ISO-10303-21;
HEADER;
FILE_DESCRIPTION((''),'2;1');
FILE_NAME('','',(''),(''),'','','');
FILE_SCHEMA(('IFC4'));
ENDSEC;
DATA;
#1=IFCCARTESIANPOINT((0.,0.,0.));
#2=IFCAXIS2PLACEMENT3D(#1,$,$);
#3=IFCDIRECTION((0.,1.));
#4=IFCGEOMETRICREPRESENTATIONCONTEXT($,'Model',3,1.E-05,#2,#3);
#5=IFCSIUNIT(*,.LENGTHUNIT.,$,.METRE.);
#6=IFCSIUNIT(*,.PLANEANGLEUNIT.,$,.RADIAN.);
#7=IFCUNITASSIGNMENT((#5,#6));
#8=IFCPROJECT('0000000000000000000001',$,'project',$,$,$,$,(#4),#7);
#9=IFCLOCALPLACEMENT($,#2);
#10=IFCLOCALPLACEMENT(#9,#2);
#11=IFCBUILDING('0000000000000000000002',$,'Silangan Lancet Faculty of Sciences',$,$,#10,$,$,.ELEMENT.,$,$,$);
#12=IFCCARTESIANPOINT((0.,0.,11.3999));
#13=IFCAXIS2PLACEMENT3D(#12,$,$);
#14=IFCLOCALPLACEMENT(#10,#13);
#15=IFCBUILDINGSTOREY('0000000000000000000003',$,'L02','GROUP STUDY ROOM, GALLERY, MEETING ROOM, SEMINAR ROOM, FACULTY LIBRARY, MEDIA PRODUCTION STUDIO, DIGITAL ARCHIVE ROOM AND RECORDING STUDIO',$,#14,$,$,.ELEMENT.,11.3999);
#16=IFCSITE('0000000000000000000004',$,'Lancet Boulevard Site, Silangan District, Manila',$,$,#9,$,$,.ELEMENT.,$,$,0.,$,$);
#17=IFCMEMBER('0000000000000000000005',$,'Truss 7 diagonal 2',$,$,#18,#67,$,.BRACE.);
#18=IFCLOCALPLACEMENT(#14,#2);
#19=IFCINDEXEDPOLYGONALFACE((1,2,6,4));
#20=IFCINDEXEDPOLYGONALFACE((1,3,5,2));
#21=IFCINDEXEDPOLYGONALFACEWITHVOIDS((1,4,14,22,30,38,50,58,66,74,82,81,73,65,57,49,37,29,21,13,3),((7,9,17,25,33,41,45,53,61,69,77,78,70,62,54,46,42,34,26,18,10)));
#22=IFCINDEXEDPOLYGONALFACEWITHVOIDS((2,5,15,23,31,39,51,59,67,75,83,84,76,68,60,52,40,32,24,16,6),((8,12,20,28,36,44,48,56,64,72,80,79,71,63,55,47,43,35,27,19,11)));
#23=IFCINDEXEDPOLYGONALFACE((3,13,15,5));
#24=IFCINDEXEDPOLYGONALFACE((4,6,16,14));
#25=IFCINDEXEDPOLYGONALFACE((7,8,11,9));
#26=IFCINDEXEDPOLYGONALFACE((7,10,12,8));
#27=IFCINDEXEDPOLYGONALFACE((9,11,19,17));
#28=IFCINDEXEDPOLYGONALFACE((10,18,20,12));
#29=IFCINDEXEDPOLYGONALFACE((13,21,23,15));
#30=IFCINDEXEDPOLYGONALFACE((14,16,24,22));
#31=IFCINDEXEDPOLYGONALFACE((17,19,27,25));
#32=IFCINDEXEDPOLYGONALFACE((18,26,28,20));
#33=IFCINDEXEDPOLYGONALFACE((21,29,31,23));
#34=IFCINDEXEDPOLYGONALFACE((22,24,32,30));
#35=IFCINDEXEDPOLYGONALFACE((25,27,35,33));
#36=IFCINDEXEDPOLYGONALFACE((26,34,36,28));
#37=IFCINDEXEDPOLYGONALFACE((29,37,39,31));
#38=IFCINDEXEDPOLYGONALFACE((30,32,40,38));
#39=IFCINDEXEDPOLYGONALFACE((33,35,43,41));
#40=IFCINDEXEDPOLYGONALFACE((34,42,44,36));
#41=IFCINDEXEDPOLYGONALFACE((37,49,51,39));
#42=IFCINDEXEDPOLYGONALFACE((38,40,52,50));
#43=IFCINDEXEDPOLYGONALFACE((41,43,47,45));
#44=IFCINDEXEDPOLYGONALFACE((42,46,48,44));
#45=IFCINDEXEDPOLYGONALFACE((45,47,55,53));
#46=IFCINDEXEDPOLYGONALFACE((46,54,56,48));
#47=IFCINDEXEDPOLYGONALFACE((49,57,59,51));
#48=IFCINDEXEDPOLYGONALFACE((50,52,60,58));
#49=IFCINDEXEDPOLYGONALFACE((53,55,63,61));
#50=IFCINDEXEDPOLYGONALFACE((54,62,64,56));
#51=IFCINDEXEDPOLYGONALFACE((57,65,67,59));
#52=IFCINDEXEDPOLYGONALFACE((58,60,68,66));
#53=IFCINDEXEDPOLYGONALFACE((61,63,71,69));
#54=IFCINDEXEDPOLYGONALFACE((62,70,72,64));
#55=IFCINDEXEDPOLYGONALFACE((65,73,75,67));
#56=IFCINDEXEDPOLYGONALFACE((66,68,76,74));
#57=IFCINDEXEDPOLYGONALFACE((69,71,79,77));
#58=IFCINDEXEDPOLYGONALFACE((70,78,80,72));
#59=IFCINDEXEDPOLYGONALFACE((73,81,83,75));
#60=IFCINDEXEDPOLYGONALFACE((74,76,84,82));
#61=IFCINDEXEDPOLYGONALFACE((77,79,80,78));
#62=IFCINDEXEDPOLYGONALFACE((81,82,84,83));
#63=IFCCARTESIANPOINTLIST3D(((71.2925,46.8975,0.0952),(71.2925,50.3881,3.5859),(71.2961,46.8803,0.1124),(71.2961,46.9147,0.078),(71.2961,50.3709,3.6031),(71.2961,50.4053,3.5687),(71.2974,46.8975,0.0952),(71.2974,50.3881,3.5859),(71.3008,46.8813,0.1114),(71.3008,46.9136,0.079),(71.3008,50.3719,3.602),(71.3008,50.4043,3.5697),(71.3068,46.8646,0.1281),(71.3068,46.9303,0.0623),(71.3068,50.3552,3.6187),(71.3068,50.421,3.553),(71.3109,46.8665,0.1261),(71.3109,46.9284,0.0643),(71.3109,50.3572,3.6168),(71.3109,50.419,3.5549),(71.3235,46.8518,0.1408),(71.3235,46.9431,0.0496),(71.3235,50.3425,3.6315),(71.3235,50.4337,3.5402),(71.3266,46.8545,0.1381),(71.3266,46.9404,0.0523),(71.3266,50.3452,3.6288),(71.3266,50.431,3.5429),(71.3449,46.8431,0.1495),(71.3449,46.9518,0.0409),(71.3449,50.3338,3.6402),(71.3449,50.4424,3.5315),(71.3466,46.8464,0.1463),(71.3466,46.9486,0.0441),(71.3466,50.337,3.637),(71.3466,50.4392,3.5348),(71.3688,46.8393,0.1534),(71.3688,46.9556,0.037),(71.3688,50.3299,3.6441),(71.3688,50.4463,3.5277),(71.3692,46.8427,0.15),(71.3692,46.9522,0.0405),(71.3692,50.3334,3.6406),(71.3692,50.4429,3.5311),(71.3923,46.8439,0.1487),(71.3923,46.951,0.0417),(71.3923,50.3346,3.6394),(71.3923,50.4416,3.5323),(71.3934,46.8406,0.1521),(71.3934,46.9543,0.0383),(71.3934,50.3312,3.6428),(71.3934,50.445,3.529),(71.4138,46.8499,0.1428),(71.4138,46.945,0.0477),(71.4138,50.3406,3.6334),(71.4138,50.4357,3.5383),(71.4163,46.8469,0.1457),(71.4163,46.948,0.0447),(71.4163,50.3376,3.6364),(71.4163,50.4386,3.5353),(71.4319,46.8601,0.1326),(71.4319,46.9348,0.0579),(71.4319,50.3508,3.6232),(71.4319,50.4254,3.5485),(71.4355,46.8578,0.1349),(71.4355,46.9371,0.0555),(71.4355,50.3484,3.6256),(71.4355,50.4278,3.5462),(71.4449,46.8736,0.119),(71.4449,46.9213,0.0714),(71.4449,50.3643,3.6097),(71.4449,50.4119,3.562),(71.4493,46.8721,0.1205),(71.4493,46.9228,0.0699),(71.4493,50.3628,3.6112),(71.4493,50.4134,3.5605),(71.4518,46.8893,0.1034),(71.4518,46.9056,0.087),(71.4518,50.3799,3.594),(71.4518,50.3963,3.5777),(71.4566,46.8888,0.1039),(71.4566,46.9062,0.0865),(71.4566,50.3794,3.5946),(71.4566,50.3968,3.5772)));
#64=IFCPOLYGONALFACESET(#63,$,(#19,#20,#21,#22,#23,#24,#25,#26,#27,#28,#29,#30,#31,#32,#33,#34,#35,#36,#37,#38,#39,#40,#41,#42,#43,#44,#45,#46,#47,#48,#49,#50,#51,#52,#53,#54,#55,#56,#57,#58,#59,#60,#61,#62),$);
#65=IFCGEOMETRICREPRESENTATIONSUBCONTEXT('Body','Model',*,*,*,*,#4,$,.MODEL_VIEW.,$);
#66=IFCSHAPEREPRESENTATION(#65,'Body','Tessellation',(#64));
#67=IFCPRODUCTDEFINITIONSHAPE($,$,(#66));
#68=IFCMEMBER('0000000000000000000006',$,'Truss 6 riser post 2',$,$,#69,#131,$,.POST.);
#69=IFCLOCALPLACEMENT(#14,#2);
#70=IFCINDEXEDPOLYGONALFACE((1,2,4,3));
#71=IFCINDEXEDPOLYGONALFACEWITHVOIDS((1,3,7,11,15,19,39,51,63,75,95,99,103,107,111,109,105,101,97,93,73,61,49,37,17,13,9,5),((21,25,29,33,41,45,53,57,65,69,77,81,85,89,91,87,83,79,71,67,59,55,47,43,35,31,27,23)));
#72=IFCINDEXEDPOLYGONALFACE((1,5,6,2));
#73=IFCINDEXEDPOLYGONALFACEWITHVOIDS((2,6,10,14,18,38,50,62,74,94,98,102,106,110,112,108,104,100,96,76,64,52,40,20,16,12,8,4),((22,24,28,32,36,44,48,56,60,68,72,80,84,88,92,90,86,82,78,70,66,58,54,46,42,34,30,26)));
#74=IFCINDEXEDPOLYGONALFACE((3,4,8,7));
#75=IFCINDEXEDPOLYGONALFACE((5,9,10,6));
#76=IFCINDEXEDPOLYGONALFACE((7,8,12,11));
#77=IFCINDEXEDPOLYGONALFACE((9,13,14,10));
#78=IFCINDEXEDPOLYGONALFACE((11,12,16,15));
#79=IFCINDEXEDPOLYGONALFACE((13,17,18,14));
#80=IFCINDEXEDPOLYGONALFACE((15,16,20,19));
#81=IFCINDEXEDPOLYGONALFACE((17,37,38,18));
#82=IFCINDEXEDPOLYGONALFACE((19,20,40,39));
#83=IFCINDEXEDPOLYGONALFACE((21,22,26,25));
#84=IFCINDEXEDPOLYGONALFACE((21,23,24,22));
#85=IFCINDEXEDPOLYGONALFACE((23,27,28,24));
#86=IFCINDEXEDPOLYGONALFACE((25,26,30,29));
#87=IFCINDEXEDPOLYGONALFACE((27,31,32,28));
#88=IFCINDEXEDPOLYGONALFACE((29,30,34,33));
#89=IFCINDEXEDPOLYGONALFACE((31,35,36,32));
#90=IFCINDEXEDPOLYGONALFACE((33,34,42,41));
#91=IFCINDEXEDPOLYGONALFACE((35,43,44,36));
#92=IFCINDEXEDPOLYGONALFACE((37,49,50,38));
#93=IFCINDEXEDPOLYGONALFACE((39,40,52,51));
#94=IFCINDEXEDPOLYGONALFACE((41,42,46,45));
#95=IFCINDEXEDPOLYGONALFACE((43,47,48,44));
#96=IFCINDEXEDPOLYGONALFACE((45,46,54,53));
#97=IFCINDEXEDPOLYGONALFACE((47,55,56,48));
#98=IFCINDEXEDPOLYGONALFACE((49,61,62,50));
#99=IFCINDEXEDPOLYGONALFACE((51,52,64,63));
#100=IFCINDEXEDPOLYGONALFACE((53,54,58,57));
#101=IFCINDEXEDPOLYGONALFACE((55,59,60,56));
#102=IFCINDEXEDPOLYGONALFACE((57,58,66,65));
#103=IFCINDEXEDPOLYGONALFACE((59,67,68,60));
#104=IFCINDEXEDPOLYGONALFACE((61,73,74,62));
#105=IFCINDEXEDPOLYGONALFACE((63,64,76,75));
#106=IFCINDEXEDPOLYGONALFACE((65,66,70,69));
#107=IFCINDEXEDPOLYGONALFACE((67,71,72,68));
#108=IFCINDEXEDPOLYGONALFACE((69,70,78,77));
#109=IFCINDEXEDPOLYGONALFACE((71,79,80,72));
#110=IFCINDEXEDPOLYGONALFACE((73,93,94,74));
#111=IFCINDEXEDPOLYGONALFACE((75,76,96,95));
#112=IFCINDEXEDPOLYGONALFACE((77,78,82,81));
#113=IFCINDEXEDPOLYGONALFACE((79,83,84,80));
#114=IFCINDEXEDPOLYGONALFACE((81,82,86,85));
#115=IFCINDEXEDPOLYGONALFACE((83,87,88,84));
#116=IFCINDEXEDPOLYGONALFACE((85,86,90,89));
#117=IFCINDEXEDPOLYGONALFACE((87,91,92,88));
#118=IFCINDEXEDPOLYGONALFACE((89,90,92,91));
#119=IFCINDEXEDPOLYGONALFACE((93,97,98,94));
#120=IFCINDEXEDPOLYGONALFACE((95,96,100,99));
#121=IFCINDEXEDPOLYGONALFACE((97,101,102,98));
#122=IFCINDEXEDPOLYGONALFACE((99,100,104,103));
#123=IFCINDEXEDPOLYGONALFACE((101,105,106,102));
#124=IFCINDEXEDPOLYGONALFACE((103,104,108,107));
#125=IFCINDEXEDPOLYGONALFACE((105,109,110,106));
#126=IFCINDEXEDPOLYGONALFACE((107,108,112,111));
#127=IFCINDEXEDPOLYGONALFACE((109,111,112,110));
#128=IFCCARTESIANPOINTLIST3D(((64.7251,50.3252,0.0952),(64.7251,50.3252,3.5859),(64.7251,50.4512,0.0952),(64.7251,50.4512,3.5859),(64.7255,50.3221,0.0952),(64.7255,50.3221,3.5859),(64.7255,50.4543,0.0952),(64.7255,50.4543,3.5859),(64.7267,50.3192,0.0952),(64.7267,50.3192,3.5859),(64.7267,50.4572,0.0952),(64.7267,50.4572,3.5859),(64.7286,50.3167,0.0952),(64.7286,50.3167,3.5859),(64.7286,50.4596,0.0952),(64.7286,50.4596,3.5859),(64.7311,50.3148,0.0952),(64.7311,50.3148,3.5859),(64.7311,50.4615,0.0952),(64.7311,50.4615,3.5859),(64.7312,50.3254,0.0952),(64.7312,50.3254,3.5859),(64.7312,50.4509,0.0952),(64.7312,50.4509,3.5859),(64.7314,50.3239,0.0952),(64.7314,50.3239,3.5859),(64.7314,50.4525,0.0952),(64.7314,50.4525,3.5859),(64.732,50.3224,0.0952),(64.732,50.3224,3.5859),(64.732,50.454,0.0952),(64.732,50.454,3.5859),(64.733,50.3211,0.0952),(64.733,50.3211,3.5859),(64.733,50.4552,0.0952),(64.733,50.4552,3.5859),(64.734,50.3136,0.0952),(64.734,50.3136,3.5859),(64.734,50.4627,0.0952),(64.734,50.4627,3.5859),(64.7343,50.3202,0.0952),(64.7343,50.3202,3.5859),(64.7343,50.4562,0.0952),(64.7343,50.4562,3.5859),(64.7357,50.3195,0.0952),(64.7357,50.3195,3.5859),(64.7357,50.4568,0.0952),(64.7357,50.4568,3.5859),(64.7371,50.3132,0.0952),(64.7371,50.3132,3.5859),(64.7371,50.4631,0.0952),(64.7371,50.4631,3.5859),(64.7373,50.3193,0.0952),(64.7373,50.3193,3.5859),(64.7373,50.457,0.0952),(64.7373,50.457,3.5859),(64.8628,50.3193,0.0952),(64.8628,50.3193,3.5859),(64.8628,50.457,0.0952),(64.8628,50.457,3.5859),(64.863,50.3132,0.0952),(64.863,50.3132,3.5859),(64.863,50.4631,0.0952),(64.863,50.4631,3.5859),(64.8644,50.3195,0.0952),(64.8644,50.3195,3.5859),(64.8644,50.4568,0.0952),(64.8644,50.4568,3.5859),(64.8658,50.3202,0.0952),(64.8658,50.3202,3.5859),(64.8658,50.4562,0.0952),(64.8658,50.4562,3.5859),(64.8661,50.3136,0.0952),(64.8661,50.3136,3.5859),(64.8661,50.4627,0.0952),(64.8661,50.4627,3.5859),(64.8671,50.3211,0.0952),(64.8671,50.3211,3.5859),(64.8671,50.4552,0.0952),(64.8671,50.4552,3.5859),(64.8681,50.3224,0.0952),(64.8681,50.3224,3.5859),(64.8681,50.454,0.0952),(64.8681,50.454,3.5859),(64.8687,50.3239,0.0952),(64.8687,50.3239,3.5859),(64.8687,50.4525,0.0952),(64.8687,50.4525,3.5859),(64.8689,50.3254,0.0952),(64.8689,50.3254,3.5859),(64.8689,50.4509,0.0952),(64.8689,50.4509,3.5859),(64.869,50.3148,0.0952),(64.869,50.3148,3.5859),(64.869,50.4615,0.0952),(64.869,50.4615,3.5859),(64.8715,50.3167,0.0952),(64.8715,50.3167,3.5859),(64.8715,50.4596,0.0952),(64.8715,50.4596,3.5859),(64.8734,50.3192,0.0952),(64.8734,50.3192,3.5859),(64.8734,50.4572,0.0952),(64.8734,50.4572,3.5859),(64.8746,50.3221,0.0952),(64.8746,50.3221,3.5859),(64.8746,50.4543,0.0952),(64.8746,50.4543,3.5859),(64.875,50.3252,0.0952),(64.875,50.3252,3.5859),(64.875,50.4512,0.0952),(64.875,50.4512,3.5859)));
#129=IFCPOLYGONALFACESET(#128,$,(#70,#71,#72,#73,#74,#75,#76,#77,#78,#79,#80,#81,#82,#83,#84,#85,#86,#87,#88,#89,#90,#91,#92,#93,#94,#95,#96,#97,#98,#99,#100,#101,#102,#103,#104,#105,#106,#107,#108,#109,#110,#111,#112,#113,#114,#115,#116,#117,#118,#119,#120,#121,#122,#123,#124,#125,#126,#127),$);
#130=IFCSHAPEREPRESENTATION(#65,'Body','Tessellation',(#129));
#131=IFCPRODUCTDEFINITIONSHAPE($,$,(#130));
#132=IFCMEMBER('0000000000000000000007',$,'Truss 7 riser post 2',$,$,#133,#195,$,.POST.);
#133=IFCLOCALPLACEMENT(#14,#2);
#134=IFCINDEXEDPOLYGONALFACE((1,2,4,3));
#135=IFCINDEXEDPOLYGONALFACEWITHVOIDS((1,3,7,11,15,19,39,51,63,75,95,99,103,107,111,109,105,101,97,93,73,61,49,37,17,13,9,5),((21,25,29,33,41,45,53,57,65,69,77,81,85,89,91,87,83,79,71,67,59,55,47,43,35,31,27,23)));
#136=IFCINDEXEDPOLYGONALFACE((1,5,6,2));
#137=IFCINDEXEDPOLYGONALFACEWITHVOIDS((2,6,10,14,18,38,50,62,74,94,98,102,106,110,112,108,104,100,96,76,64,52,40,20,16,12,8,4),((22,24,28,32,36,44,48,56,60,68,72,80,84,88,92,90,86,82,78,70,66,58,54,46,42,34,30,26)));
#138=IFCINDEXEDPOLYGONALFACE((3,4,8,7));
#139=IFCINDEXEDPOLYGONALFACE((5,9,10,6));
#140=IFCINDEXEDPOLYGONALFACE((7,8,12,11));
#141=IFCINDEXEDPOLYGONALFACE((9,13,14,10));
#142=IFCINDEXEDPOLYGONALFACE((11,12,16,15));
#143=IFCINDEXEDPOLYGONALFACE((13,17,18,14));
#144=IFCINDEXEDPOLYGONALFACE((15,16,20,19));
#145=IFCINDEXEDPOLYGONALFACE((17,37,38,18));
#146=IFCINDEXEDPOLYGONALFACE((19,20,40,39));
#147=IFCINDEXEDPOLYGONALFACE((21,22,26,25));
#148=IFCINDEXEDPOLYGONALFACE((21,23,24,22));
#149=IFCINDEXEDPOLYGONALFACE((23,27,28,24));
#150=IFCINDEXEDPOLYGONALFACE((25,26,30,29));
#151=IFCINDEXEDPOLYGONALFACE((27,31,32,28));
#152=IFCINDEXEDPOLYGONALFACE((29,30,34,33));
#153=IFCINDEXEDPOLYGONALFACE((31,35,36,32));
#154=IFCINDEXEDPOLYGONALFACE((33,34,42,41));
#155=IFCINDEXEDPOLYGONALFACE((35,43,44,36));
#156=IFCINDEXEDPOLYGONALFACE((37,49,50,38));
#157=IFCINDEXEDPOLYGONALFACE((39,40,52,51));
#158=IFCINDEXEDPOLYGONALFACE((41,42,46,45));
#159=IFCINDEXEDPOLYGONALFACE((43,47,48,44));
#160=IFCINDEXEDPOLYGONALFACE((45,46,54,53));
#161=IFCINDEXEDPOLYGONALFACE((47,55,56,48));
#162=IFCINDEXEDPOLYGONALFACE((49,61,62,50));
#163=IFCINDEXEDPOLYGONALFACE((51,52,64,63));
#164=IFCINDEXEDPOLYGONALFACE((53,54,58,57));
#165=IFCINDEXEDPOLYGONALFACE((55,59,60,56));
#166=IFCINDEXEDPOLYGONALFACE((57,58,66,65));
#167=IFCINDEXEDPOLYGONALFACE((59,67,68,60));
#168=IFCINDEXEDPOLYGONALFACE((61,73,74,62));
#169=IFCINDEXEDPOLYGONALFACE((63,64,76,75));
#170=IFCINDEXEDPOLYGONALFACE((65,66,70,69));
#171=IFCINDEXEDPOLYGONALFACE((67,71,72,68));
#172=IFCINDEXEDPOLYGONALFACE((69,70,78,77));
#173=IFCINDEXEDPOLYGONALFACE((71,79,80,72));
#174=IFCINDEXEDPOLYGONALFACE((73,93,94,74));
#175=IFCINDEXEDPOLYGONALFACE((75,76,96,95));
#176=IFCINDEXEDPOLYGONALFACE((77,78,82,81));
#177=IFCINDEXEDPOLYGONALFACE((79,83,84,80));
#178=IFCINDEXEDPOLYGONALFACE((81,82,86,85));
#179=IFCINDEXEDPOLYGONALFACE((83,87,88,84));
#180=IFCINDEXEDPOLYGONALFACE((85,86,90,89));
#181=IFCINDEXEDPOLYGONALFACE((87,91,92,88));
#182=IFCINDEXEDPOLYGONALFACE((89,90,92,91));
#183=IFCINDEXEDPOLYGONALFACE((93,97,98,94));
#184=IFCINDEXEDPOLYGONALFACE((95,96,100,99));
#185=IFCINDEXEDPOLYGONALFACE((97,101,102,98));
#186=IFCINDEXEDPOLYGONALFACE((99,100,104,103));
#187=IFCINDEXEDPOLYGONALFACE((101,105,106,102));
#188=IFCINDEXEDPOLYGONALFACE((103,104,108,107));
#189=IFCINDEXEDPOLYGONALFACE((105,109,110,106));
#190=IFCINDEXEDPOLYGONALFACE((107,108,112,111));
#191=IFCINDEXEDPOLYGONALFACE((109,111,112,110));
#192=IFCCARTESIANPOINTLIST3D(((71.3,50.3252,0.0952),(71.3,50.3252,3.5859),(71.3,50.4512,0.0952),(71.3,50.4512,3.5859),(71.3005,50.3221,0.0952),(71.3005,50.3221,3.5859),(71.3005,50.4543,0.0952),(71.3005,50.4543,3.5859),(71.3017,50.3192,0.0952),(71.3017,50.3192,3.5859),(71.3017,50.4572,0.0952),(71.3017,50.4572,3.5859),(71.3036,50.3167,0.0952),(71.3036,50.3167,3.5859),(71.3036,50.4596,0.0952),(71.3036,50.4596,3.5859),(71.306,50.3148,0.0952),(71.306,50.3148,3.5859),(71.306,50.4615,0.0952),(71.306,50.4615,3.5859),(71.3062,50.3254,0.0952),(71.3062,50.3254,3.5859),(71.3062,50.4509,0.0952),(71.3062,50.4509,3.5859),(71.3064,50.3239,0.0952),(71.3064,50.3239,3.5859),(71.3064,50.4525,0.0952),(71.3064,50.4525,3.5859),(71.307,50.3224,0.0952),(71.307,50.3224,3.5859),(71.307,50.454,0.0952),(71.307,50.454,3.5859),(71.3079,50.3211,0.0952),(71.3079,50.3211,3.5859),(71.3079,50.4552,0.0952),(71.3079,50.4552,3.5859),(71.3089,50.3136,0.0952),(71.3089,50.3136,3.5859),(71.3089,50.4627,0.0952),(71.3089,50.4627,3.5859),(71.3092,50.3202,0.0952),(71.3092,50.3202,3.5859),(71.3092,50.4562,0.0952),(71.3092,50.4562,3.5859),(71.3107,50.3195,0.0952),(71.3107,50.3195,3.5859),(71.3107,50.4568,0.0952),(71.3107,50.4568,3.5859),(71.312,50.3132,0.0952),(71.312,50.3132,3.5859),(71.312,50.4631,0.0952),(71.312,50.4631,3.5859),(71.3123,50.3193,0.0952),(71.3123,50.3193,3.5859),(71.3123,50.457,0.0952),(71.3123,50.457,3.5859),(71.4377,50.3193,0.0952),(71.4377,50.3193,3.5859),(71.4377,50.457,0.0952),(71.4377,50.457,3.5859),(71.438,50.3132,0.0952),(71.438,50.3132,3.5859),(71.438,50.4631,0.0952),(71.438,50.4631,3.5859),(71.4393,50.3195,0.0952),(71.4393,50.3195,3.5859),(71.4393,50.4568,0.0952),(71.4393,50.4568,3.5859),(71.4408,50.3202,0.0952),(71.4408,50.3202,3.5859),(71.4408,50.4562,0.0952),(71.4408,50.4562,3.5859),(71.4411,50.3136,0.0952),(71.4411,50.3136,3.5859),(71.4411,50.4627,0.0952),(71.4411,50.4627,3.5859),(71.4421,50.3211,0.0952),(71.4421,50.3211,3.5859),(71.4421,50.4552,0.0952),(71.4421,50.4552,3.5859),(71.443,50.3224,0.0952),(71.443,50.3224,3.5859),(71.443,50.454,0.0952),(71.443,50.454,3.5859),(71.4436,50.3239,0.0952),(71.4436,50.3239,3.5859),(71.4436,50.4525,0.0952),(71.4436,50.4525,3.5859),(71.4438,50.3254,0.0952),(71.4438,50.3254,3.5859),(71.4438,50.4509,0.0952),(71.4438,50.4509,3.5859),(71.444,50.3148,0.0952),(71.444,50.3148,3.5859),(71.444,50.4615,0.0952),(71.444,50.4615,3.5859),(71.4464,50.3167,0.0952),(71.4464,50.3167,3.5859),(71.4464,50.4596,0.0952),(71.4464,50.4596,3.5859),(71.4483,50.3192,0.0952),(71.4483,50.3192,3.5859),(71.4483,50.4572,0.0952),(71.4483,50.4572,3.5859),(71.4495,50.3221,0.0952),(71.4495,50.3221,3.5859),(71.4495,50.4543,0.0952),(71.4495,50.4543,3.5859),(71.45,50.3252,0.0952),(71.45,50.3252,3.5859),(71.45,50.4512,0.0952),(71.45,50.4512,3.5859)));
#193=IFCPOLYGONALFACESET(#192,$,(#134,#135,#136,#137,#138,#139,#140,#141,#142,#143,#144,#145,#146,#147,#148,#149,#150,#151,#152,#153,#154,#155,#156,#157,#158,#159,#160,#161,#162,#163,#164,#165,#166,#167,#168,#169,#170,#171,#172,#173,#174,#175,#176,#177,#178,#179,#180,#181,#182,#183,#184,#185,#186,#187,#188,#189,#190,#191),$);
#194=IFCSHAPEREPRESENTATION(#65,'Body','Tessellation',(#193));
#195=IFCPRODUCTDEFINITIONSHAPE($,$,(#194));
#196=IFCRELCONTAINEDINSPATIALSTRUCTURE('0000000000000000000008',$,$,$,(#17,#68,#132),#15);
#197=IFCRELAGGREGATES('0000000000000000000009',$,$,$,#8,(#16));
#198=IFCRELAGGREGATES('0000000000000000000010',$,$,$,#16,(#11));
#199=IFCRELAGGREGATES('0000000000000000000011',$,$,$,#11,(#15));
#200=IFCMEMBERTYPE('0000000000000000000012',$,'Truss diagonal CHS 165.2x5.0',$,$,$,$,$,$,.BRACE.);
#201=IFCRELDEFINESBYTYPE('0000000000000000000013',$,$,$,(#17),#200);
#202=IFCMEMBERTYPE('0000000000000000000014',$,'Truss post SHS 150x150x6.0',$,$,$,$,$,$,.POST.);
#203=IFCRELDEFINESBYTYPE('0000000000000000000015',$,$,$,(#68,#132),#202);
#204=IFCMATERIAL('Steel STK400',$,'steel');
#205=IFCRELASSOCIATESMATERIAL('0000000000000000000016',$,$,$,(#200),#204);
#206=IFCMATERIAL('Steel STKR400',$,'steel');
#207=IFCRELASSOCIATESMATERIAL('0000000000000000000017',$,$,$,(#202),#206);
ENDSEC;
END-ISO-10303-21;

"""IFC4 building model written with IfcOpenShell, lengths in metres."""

from ifc_helpers import new_model, si_unit, direction, frame, origin, origin_2d, place, context, subcontext, project, spatial, hollow_rectangle, hollow_circle, extrude, material, material_profile, profile_set, type_object, element, save


model = new_model("IFC4")

# Units and contexts
model_context = context("Model", 3, precision=1e-05, world=origin(), true_north=direction((0.0, 1.0)))
body_context = subcontext(model_context, "Body", "Model", "MODEL_VIEW")
ifc_project = project(units=[si_unit("LENGTHUNIT", "METRE"), si_unit("PLANEANGLEUNIT", "RADIAN")], contexts=[model_context])

# Site, building, storey
site_placement = place(None, origin())
site = spatial("IfcSite", under=ifc_project, at=site_placement, Name="Lancet Boulevard Site, Silangan District, Manila", CompositionType="ELEMENT", RefElevation=0.0)
building_placement = place(site_placement, origin())
building = spatial("IfcBuilding", under=site, at=building_placement, Name="Silangan Lancet Faculty of Sciences", CompositionType="ELEMENT")
storey_placement = place(building_placement, frame((0.0, 0.0, 11.3999)))
storey = spatial("IfcBuildingStorey", under=building, at=storey_placement, Name="L02", Description="GROUP STUDY ROOM, GALLERY, MEETING ROOM, SEMINAR ROOM, FACULTY LIBRARY, MEDIA PRODUCTION STUDIO, DIGITAL ARCHIVE ROOM AND RECORDING STUDIO", CompositionType="ELEMENT", Elevation=11.3999)

# Members
ifc_material_1 = material(Name="Steel STK400", Category="steel")
ifc_material_profile_1 = material_profile(ifc_material_1, hollow_circle(Radius=0.0825, WallThickness=0.0049, at=origin_2d()), Name="CHS 165.2x5.0")
ifc_profile_set_1 = profile_set([ifc_material_profile_1], Name="Steel STK400")
member_type_1 = type_object("IfcMemberType", Name="Truss diagonal CHS 165.2x5.0", PredefinedType="BRACE", material=ifc_profile_set_1)
for number, where, z_axis, x_axis, name in (
    (1, (71.375, 46.8975, 0.0952), (0.0, 0.707107, 0.707107), (-1.0, 0.0, 0.0), "Truss 7 diagonal 2"),
):
    element("IfcMember", number, at=place(storey_placement, frame(where, z_axis=z_axis, x_axis=x_axis)), inside=storey, type_object=member_type_1, Name=name, PredefinedType="BRACE", context=body_context, shape_type="SweptSolid", body=[
        extrude(hollow_circle(Radius=0.0825, WallThickness=0.0049, at=origin_2d()), origin(), (0.0, 0.0, 1.0), 4.9365),
    ])
ifc_material_2 = material(Name="Steel STKR400", Category="steel")
ifc_material_profile_2 = material_profile(ifc_material_2, hollow_rectangle(XDim=0.1499, YDim=0.1499, WallThickness=0.0061, InnerFilletRadius=0.0061, OuterFilletRadius=0.012, at=origin_2d()), Name="SHS 150x150x6.0")
ifc_profile_set_2 = profile_set([ifc_material_profile_2], Name="Steel STKR400")
member_type_2 = type_object("IfcMemberType", Name="Truss post SHS 150x150x6.0", PredefinedType="POST", material=ifc_profile_set_2)
for number, where, z_axis, x_axis, name in (
    (2, (64.8, 50.3882, 0.0952), (0.0, 0.0, 1.0), (1.0, 0.0, 0.0), "Truss 6 riser post 2"),
    (3, (71.375, 50.3882, 0.0952), (0.0, 0.0, 1.0), (1.0, 0.0, 0.0), "Truss 7 riser post 2"),
):
    element("IfcMember", number, at=place(storey_placement, frame(where, z_axis=z_axis, x_axis=x_axis)), inside=storey, type_object=member_type_2, Name=name, PredefinedType="POST", context=body_context, shape_type="SweptSolid", body=[
        extrude(hollow_rectangle(XDim=0.1499, YDim=0.1499, WallThickness=0.0061, InnerFilletRadius=0.0061, OuterFilletRadius=0.012, at=origin_2d()), origin(), (0.0, 0.0, 1.0), 3.4907),
    ])

save(model, "model.ifc")
